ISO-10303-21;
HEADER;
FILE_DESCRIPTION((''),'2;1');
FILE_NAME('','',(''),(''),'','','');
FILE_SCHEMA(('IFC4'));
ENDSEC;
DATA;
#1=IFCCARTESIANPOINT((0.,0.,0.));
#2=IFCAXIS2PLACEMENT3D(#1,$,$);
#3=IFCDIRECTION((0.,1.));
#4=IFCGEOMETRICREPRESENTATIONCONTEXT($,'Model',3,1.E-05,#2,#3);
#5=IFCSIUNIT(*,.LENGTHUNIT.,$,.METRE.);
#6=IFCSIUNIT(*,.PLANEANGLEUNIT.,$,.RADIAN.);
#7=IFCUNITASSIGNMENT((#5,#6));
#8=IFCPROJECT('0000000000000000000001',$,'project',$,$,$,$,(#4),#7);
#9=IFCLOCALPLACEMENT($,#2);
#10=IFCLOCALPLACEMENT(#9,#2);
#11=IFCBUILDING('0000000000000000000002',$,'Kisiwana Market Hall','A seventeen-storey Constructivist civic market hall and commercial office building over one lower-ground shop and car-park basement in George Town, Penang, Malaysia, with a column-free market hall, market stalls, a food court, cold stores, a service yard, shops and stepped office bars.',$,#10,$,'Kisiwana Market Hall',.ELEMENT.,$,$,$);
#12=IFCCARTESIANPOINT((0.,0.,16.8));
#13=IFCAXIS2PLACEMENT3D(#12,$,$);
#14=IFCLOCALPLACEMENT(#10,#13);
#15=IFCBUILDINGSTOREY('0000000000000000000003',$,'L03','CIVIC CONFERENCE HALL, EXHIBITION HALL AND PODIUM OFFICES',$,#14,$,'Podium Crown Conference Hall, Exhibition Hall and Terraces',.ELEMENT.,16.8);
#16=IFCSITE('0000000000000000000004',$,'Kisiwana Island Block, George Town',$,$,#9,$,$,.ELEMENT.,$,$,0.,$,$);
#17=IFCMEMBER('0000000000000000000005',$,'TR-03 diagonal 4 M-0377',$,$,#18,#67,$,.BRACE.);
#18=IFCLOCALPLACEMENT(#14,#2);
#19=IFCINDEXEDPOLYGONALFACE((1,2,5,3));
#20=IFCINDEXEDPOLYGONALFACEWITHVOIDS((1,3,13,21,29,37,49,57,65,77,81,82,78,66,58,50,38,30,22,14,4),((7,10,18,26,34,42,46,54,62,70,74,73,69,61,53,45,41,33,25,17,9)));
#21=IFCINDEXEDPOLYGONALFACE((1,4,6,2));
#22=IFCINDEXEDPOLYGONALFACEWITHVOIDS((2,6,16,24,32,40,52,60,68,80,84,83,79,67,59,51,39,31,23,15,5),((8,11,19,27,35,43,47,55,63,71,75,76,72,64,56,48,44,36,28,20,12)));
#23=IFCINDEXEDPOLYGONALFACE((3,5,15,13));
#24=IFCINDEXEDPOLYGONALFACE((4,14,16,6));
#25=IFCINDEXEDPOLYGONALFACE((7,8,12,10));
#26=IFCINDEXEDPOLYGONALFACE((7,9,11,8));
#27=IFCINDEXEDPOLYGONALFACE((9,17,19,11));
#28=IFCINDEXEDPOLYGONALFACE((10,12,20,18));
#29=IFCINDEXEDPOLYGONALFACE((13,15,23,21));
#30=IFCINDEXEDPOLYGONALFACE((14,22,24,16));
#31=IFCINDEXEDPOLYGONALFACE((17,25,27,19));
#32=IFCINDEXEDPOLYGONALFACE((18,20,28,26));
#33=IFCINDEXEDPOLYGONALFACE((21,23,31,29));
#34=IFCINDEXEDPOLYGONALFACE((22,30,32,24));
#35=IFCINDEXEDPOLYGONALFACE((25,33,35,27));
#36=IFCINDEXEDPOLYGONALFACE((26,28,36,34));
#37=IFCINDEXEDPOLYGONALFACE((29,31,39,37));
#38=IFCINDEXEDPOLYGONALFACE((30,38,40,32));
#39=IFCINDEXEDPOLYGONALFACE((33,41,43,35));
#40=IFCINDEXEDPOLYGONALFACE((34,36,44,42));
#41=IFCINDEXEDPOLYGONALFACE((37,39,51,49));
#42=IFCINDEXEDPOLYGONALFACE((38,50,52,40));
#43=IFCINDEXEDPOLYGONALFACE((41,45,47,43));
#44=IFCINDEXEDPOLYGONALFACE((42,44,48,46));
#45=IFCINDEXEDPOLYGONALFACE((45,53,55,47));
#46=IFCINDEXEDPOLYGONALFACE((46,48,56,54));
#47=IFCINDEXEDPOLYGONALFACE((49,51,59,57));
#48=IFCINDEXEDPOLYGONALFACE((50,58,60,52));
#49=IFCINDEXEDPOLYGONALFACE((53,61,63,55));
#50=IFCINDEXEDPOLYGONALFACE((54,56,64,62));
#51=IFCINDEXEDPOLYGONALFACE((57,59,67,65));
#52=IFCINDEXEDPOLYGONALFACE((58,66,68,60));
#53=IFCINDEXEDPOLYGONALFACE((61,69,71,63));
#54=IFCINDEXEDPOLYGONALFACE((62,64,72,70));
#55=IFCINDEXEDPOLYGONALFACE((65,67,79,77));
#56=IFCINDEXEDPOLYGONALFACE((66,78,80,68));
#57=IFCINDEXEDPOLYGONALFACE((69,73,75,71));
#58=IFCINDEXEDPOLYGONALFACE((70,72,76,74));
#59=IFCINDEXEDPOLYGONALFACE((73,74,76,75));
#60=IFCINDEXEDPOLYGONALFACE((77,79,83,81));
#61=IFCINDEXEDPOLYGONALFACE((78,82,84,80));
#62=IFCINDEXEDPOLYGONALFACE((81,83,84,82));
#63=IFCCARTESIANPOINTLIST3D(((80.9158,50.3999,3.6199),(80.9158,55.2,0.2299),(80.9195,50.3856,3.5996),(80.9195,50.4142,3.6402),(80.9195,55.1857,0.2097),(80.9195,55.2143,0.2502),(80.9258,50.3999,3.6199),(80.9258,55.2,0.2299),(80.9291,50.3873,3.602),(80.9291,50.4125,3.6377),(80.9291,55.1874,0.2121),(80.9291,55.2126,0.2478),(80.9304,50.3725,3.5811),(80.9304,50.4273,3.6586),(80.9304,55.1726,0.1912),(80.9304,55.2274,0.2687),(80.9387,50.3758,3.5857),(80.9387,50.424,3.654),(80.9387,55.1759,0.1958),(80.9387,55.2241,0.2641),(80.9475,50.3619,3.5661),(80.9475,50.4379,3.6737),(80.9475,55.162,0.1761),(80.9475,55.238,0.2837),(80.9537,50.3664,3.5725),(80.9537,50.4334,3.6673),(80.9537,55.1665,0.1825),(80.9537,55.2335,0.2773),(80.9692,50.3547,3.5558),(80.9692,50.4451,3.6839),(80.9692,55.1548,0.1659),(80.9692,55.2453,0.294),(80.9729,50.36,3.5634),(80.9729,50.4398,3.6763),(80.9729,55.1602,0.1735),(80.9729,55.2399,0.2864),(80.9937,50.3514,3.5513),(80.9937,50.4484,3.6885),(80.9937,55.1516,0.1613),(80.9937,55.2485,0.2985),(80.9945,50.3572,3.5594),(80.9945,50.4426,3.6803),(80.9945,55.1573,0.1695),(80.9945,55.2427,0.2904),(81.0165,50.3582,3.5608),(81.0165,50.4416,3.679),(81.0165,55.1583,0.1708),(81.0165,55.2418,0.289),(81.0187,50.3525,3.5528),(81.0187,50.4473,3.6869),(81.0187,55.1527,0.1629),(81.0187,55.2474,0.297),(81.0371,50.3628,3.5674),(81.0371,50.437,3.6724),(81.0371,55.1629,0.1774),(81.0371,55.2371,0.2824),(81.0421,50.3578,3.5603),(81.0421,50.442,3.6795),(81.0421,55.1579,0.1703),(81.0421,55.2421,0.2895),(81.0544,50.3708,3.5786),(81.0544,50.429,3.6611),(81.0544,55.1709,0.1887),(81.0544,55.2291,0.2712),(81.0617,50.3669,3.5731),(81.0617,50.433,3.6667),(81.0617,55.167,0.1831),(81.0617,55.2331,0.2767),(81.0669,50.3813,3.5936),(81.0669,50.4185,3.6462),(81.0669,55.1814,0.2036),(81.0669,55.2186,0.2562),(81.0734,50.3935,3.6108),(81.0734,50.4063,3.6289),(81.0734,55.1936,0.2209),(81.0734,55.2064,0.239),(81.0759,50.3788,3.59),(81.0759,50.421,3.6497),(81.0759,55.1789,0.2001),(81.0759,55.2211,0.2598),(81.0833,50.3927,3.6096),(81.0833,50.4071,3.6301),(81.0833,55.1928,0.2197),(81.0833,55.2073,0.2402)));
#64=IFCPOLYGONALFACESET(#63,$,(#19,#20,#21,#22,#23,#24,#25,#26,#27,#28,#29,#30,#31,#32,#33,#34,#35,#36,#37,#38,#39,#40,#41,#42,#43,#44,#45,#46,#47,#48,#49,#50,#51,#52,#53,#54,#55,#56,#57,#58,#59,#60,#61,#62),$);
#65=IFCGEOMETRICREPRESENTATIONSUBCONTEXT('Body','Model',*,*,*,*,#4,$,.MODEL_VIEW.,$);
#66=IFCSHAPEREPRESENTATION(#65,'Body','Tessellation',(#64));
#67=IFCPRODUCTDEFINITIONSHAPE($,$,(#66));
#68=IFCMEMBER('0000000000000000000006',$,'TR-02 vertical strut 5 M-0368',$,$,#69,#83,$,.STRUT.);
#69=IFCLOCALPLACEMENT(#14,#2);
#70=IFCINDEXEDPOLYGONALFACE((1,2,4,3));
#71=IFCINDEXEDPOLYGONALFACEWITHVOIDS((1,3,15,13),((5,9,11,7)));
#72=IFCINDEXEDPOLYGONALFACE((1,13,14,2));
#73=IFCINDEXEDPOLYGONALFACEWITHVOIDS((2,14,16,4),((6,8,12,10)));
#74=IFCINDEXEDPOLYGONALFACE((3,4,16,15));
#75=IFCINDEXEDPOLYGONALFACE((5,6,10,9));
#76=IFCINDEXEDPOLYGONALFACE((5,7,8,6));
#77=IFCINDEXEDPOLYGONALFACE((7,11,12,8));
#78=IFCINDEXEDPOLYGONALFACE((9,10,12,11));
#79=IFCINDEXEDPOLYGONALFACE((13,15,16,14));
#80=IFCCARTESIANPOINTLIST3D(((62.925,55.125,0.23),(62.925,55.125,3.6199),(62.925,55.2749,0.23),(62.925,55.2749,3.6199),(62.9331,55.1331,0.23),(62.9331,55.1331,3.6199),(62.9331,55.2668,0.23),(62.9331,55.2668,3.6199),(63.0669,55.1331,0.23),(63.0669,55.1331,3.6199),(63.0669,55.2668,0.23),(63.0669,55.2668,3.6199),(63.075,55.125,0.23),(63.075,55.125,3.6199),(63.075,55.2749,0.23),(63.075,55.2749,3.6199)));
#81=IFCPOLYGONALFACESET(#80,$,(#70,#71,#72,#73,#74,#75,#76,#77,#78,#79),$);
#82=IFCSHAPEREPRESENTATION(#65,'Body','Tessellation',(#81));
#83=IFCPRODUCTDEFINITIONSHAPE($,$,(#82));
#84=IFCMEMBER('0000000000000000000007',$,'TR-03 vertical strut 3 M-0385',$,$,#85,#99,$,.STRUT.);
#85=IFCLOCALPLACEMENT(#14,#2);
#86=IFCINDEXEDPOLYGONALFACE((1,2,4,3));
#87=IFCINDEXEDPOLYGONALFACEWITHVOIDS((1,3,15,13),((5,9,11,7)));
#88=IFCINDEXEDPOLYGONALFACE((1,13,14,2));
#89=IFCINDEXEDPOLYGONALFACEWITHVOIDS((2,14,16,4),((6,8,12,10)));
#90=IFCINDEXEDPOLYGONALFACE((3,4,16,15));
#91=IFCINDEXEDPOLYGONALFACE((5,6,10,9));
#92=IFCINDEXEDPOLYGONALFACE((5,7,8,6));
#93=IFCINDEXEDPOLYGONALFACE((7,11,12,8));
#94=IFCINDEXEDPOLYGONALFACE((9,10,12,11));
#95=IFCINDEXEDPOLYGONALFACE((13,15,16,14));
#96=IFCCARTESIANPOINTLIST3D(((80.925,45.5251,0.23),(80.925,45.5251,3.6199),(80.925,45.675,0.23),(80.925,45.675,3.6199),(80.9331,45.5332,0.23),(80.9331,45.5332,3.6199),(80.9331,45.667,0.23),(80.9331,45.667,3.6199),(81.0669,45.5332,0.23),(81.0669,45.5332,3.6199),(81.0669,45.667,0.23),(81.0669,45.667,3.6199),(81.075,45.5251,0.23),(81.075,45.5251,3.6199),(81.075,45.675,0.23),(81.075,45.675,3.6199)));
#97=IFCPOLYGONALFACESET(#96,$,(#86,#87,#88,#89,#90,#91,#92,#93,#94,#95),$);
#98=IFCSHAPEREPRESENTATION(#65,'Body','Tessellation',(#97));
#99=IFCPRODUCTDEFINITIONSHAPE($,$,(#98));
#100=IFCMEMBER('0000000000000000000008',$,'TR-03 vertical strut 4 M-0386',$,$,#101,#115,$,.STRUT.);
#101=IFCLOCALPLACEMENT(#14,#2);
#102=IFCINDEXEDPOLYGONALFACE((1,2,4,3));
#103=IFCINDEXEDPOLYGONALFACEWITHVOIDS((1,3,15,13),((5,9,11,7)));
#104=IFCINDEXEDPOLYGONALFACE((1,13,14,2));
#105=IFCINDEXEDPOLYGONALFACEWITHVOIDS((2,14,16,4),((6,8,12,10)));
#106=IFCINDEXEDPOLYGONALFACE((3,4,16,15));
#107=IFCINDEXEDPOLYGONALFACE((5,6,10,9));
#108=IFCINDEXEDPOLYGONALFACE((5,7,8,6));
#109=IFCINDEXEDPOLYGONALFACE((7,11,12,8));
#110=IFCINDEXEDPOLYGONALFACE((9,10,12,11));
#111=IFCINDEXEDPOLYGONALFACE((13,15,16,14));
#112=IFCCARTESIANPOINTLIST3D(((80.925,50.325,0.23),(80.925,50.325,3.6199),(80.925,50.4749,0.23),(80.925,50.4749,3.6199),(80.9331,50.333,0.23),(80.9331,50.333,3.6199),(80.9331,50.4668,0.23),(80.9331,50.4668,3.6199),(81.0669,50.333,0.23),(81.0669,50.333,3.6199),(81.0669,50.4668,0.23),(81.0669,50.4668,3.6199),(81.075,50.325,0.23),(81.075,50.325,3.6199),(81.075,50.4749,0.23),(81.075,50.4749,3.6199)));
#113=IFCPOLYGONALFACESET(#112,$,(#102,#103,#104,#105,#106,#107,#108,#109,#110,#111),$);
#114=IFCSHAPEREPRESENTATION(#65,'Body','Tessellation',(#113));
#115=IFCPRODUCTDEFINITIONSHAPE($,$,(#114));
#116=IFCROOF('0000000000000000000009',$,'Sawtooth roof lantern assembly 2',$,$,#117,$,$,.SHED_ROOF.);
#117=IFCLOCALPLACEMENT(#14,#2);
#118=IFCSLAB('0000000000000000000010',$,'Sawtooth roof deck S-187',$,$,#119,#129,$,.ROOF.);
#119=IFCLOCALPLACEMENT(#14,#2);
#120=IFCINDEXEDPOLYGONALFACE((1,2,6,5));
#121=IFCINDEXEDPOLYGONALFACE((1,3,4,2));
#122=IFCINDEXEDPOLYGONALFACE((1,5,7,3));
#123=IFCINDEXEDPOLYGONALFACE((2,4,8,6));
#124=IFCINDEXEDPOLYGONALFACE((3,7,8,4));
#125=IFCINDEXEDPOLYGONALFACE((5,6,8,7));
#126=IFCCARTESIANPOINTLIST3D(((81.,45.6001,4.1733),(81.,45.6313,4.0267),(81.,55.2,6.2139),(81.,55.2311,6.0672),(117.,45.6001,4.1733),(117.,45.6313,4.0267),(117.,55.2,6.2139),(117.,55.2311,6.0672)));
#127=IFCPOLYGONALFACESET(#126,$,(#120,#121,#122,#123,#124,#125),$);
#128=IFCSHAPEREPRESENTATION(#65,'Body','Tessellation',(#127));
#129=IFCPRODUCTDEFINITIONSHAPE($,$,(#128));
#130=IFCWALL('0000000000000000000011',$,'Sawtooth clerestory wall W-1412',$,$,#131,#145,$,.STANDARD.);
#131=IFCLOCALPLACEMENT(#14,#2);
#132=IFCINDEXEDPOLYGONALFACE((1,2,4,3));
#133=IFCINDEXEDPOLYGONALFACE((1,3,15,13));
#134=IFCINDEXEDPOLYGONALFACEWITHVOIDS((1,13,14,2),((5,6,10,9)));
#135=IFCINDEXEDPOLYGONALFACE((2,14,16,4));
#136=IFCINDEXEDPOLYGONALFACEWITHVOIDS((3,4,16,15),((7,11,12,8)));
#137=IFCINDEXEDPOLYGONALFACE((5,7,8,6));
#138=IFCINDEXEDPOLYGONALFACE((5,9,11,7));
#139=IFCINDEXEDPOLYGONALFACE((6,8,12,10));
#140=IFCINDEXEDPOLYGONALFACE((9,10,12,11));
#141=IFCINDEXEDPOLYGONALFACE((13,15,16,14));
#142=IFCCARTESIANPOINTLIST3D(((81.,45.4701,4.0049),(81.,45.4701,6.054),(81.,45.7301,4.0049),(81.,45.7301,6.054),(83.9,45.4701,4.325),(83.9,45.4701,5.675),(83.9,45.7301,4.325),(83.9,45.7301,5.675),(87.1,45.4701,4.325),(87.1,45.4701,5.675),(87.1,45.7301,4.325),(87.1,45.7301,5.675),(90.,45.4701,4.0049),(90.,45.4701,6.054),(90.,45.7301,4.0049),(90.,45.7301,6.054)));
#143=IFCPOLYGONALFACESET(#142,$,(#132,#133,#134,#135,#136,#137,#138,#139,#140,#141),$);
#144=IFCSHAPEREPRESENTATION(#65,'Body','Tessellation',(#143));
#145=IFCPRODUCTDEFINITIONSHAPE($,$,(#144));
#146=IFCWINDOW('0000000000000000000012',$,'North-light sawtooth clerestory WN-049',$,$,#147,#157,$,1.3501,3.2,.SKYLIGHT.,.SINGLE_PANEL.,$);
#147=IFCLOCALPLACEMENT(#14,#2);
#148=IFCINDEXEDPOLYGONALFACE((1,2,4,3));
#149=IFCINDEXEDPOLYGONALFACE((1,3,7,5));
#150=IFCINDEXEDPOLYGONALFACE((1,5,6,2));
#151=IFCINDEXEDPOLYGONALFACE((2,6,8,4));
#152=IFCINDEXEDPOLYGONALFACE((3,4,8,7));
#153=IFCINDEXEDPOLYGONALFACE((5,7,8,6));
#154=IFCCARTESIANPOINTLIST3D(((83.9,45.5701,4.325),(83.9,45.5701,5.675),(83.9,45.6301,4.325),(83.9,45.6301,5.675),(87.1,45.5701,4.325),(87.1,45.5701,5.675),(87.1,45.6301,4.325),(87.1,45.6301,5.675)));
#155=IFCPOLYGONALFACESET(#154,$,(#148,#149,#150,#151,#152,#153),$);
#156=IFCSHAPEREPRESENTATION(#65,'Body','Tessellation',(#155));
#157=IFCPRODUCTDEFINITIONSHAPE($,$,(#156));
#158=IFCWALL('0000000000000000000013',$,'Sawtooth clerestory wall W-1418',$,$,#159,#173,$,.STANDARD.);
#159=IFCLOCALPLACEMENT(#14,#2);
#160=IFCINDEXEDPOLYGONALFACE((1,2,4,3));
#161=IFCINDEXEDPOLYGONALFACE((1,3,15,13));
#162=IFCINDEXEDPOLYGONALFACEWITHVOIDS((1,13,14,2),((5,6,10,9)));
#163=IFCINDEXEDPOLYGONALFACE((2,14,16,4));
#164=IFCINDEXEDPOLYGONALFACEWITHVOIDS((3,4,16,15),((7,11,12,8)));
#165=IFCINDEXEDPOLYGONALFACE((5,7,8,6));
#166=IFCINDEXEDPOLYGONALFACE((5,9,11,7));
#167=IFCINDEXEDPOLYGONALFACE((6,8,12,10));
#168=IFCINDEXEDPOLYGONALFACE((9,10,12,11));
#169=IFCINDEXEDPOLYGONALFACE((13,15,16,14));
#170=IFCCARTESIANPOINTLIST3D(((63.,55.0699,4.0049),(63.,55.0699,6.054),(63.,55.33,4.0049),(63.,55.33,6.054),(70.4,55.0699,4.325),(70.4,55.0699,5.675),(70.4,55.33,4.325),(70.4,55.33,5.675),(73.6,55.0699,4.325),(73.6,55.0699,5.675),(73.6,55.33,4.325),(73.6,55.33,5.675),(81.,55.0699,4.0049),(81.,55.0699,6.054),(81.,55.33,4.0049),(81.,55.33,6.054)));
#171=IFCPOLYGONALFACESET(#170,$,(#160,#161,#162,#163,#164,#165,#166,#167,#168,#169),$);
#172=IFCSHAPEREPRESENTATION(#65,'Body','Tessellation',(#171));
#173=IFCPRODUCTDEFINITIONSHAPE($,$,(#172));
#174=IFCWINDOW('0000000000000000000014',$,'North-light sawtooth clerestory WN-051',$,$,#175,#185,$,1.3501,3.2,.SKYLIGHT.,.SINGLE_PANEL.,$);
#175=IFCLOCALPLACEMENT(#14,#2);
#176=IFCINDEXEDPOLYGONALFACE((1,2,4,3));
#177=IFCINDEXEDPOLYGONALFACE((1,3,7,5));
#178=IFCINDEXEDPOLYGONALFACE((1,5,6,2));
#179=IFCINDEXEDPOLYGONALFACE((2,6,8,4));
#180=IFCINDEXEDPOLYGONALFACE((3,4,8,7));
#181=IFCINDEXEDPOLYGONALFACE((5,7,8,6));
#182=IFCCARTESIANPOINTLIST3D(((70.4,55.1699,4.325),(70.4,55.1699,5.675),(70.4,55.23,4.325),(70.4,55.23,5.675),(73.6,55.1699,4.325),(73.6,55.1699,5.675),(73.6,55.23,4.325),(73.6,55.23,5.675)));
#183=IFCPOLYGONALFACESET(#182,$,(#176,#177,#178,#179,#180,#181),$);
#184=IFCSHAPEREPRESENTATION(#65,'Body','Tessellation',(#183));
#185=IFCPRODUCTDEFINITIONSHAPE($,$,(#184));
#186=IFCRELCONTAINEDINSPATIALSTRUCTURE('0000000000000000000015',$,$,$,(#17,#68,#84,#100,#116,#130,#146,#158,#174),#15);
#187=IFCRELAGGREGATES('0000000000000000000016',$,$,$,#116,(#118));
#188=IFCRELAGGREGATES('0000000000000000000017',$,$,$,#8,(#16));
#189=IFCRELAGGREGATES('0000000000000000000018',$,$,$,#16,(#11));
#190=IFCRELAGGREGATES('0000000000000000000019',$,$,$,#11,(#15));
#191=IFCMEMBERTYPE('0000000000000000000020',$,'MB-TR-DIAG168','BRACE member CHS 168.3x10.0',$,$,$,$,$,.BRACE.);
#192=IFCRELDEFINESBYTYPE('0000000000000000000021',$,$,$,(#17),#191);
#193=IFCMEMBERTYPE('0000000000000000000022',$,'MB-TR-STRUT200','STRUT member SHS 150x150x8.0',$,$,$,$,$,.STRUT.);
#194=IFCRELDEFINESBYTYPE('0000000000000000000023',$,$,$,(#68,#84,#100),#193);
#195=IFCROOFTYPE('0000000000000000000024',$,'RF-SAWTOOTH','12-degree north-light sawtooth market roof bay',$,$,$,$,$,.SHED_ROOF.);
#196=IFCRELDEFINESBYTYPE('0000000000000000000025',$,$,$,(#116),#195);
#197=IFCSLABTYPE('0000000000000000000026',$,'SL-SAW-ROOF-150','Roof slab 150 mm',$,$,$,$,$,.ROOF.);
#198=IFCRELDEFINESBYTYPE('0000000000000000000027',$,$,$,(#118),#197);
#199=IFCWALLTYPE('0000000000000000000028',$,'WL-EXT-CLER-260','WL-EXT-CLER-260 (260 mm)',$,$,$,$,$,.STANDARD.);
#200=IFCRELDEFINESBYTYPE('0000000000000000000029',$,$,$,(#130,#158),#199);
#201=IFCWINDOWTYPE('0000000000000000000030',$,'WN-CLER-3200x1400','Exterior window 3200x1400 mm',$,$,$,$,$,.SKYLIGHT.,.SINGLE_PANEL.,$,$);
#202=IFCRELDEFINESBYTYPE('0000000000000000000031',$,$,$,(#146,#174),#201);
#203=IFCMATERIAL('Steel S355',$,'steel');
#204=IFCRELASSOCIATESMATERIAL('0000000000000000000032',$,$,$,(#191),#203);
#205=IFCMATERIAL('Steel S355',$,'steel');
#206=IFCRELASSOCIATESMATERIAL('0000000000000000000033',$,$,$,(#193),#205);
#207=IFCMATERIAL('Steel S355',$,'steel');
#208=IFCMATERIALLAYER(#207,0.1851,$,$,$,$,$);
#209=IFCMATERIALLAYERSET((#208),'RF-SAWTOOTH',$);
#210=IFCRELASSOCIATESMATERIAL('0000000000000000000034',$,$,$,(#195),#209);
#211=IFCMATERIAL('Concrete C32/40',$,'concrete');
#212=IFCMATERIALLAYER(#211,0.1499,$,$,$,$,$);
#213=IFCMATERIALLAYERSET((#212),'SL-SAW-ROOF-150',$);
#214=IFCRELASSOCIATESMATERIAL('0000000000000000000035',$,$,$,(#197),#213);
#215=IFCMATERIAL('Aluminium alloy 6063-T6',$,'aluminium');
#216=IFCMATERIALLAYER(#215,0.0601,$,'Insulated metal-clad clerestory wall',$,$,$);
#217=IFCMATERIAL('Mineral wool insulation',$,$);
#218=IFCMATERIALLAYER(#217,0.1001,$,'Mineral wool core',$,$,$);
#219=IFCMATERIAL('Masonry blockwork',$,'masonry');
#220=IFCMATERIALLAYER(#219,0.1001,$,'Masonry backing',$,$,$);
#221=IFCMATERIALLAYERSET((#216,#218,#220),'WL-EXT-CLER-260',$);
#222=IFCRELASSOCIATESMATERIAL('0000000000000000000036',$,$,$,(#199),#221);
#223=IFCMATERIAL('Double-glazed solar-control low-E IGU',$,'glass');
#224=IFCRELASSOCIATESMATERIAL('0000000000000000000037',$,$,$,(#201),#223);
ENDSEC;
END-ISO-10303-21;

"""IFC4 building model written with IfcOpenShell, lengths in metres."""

from ifc_helpers import new_model, si_unit, direction, frame, frame_2d, origin, origin_2d, place, context, subcontext, project, spatial, polyline, rectangle, hollow_rectangle, hollow_circle, outline, extrude, material, layer, layer_set, material_profile, profile_set, type_object, element, fill, aggregate, save


model = new_model("IFC4")

# Units and contexts
model_context = context("Model", 3, precision=1e-05, world=origin(), true_north=direction((0.0, 1.0)))
body_context = subcontext(model_context, "Body", "Model", "MODEL_VIEW")
ifc_project = project(units=[si_unit("LENGTHUNIT", "METRE"), si_unit("PLANEANGLEUNIT", "RADIAN")], contexts=[model_context])

# Site, building, storey
site_placement = place(None, origin())
site = spatial("IfcSite", under=ifc_project, at=site_placement, Name="Kisiwana Island Block, George Town", CompositionType="ELEMENT", RefElevation=0.0)
building_placement = place(site_placement, origin())
building = spatial("IfcBuilding", under=site, at=building_placement, Name="Kisiwana Market Hall", Description="A seventeen-storey Constructivist civic market hall and commercial office building over one lower-ground shop and car-park basement in George Town, Penang, Malaysia, with a column-free market hall, market stalls, a food court, cold stores, a service yard, shops and stepped office bars.", LongName="Kisiwana Market Hall", CompositionType="ELEMENT")
storey_placement = place(building_placement, frame((0.0, 0.0, 16.8)))
storey = spatial("IfcBuildingStorey", under=building, at=storey_placement, Name="L03", Description="CIVIC CONFERENCE HALL, EXHIBITION HALL AND PODIUM OFFICES", LongName="Podium Crown Conference Hall, Exhibition Hall and Terraces", CompositionType="ELEMENT", Elevation=16.8)

# Members
ifc_material_1 = material(Name="Steel S355", Category="steel")
ifc_material_profile_1 = material_profile(ifc_material_1, hollow_circle(Radius=0.0842, WallThickness=0.01, at=origin_2d()), Name="CHS 168.3x10.0")
ifc_profile_set_1 = profile_set([ifc_material_profile_1], Name="Steel S355")
member_type_1 = type_object("IfcMemberType", Name="MB-TR-DIAG168", Description="BRACE member CHS 168.3x10.0", PredefinedType="BRACE", material=ifc_profile_set_1)
member_1_placement = place(storey_placement, frame((81.0, 50.3999, 3.6199), z_axis=(0.0, 0.816838, -0.576868), x_axis=(-1.0, 0.0, 0.0)))
element("IfcMember", 1, at=member_1_placement, inside=storey, type_object=member_type_1, Name="TR-03 diagonal 4 M-0377", PredefinedType="BRACE", context=body_context, shape_type="SweptSolid", body=[
    extrude(hollow_circle(Radius=0.0842, WallThickness=0.01, at=origin_2d()), origin(), (0.0, 0.0, 1.0), 5.8765),
])
ifc_material_2 = material(Name="Steel S355", Category="steel")
ifc_material_profile_2 = material_profile(ifc_material_2, hollow_rectangle(XDim=0.1499, YDim=0.1499, WallThickness=0.0081, at=origin_2d()), Name="SHS 150x150x8.0")
ifc_profile_set_2 = profile_set([ifc_material_profile_2], Name="Steel S355")
member_type_2 = type_object("IfcMemberType", Name="MB-TR-STRUT200", Description="STRUT member SHS 150x150x8.0", PredefinedType="STRUT", material=ifc_profile_set_2)
for number, where, z_axis, x_axis, name in (
    (2, (63.0, 55.2, 0.23), (0.0, 0.0, 1.0), (1.0, 0.0, 0.0), "TR-02 vertical strut 5 M-0368"),
    (3, (81.0, 45.6001, 0.23), (0.0, 0.0, 1.0), (1.0, 0.0, 0.0), "TR-03 vertical strut 3 M-0385"),
    (4, (81.0, 50.3999, 0.23), (0.0, 0.0, 1.0), (1.0, 0.0, 0.0), "TR-03 vertical strut 4 M-0386"),
):
    element("IfcMember", number, at=place(storey_placement, frame(where, z_axis=z_axis, x_axis=x_axis)), inside=storey, type_object=member_type_2, Name=name, PredefinedType="STRUT", context=body_context, shape_type="SweptSolid", body=[
        extrude(hollow_rectangle(XDim=0.1499, YDim=0.1499, WallThickness=0.0081, at=origin_2d()), origin(), (0.0, 0.0, 1.0), 3.3899),
    ])

# Roof, slab
ifc_material_3 = material(Name="Steel S355", Category="steel")
ifc_layer_1 = layer(ifc_material_3, 0.1851)
ifc_layer_set_1 = layer_set([ifc_layer_1], Name="RF-SAWTOOTH")
roof_type = type_object("IfcRoofType", Name="RF-SAWTOOTH", Description="12-degree north-light sawtooth market roof bay", PredefinedType="SHED_ROOF", material=ifc_layer_set_1)
roof_placement = place(storey_placement, origin())
roof = element("IfcRoof", 5, at=roof_placement, inside=storey, type_object=roof_type, Name="Sawtooth roof lantern assembly 2", PredefinedType="SHED_ROOF")
ifc_material_4 = material(Name="Concrete C32/40", Category="concrete")
ifc_layer_2 = layer(ifc_material_4, 0.1499)
ifc_layer_set_2 = layer_set([ifc_layer_2], Name="SL-SAW-ROOF-150")
slab_type = type_object("IfcSlabType", Name="SL-SAW-ROOF-150", Description="Roof slab 150 mm", PredefinedType="ROOF", material=ifc_layer_set_2)
slab_placement = place(storey_placement, frame((81.0, 45.6001, 4.1733), z_axis=(0.0, -0.207913, 0.978147), x_axis=(1.0, 0.0, 0.0)))
slab = element("IfcSlab", 6, at=slab_placement, type_object=slab_type, Name="Sawtooth roof deck S-187", PredefinedType="ROOF", context=body_context, shape_type="SweptSolid", body=[
    extrude(outline(polyline([(0.0, 0.0), (36.0, 0.0), (36.0, 9.8143), (0.0, 9.8143), (0.0, 0.0)])), origin(), (0.0, 0.0, -1.0), 0.1499),
])
aggregate(roof, [slab])

# Walls, openings, windows
ifc_material_5 = material(Name="Aluminium alloy 6063-T6", Category="aluminium")
ifc_layer_3 = layer(ifc_material_5, 0.0601, Name="Insulated metal-clad clerestory wall")
ifc_material_6 = material(Name="Mineral wool insulation")
ifc_layer_4 = layer(ifc_material_6, 0.1001, Name="Mineral wool core")
ifc_material_7 = material(Name="Masonry blockwork", Category="masonry")
ifc_layer_5 = layer(ifc_material_7, 0.1001, Name="Masonry backing")
ifc_layer_set_3 = layer_set([ifc_layer_3, ifc_layer_4, ifc_layer_5], Name="WL-EXT-CLER-260")
wall_type = type_object("IfcWallType", Name="WL-EXT-CLER-260", Description="WL-EXT-CLER-260 (260 mm)", PredefinedType="STANDARD", material=ifc_layer_set_3)
wall_1_placement = place(storey_placement, frame((81.0, 45.6001, 4.0049), z_axis=(0.0, 0.0, 1.0), x_axis=(1.0, 0.0, 0.0)))
wall_1 = element("IfcWall", 7, at=wall_1_placement, inside=storey, type_object=wall_type, Name="Sawtooth clerestory wall W-1412", PredefinedType="STANDARD", context=body_context, shape_type="SweptSolid", body=[
    extrude(rectangle(XDim=9.0, YDim=0.26, at=frame_2d((4.5, 0.0))), origin(), (0.0, 0.0, 1.0), 2.0491),
])
opening_1_placement = place(wall_1_placement, frame((2.8999, 0.0, 0.3201)))
opening_1 = element("IfcOpeningElement", 8, at=opening_1_placement, cuts=wall_1, PredefinedType="OPENING", context=body_context, shape_type="SweptSolid", body=[
    extrude(rectangle(XDim=3.2, YDim=1.3501, at=frame_2d((1.6001, 0.675))), frame((0.0, 0.1421, 0.0), z_axis=(0.0, -1.0, 0.0), x_axis=(1.0, 0.0, 0.0)), (0.0, 0.0, 1.0), 0.2839),
])
ifc_material_8 = material(Name="Double-glazed solar-control low-E IGU", Category="glass")
window_type = type_object("IfcWindowType", Name="WN-CLER-3200x1400", Description="Exterior window 3200x1400 mm", PartitioningType="SINGLE_PANEL", PredefinedType="SKYLIGHT", material=ifc_material_8)
window_1_placement = place(opening_1_placement, origin())
window_1 = element("IfcWindow", 9, at=window_1_placement, inside=storey, type_object=window_type, Name="North-light sawtooth clerestory WN-049", OverallHeight=1.3501, OverallWidth=3.2, PartitioningType="SINGLE_PANEL", PredefinedType="SKYLIGHT", context=body_context, shape_type="SweptSolid", body=[
    extrude(rectangle(XDim=3.2, YDim=1.3501, at=frame_2d((1.6001, 0.675))), frame((0.0, 0.03, 0.0), z_axis=(0.0, -1.0, 0.0), x_axis=(1.0, 0.0, 0.0)), (0.0, 0.0, 1.0), 0.0601),
])
fill(opening_1, window_1)
wall_2_placement = place(storey_placement, frame((63.0, 55.2, 4.0049), z_axis=(0.0, 0.0, 1.0), x_axis=(1.0, 0.0, 0.0)))
wall_2 = element("IfcWall", 10, at=wall_2_placement, inside=storey, type_object=wall_type, Name="Sawtooth clerestory wall W-1418", PredefinedType="STANDARD", context=body_context, shape_type="SweptSolid", body=[
    extrude(rectangle(XDim=18.0, YDim=0.26, at=frame_2d((9.0, 0.0))), origin(), (0.0, 0.0, 1.0), 2.0491),
])
opening_2_placement = place(wall_2_placement, frame((7.3999, 0.0, 0.3201)))
opening_2 = element("IfcOpeningElement", 11, at=opening_2_placement, cuts=wall_2, PredefinedType="OPENING", context=body_context, shape_type="SweptSolid", body=[
    extrude(rectangle(XDim=3.2, YDim=1.3501, at=frame_2d((1.6001, 0.675))), frame((0.0, 0.1421, 0.0), z_axis=(0.0, -1.0, 0.0), x_axis=(1.0, 0.0, 0.0)), (0.0, 0.0, 1.0), 0.2839),
])
window_2_placement = place(opening_2_placement, origin())
window_2 = element("IfcWindow", 12, at=window_2_placement, inside=storey, type_object=window_type, Name="North-light sawtooth clerestory WN-051", OverallHeight=1.3501, OverallWidth=3.2, PartitioningType="SINGLE_PANEL", PredefinedType="SKYLIGHT", context=body_context, shape_type="SweptSolid", body=[
    extrude(rectangle(XDim=3.2, YDim=1.3501, at=frame_2d((1.6001, 0.675))), frame((0.0, 0.03, 0.0), z_axis=(0.0, -1.0, 0.0), x_axis=(1.0, 0.0, 0.0)), (0.0, 0.0, 1.0), 0.0601),
])
fill(opening_2, window_2)

save(model, "model.ifc")
